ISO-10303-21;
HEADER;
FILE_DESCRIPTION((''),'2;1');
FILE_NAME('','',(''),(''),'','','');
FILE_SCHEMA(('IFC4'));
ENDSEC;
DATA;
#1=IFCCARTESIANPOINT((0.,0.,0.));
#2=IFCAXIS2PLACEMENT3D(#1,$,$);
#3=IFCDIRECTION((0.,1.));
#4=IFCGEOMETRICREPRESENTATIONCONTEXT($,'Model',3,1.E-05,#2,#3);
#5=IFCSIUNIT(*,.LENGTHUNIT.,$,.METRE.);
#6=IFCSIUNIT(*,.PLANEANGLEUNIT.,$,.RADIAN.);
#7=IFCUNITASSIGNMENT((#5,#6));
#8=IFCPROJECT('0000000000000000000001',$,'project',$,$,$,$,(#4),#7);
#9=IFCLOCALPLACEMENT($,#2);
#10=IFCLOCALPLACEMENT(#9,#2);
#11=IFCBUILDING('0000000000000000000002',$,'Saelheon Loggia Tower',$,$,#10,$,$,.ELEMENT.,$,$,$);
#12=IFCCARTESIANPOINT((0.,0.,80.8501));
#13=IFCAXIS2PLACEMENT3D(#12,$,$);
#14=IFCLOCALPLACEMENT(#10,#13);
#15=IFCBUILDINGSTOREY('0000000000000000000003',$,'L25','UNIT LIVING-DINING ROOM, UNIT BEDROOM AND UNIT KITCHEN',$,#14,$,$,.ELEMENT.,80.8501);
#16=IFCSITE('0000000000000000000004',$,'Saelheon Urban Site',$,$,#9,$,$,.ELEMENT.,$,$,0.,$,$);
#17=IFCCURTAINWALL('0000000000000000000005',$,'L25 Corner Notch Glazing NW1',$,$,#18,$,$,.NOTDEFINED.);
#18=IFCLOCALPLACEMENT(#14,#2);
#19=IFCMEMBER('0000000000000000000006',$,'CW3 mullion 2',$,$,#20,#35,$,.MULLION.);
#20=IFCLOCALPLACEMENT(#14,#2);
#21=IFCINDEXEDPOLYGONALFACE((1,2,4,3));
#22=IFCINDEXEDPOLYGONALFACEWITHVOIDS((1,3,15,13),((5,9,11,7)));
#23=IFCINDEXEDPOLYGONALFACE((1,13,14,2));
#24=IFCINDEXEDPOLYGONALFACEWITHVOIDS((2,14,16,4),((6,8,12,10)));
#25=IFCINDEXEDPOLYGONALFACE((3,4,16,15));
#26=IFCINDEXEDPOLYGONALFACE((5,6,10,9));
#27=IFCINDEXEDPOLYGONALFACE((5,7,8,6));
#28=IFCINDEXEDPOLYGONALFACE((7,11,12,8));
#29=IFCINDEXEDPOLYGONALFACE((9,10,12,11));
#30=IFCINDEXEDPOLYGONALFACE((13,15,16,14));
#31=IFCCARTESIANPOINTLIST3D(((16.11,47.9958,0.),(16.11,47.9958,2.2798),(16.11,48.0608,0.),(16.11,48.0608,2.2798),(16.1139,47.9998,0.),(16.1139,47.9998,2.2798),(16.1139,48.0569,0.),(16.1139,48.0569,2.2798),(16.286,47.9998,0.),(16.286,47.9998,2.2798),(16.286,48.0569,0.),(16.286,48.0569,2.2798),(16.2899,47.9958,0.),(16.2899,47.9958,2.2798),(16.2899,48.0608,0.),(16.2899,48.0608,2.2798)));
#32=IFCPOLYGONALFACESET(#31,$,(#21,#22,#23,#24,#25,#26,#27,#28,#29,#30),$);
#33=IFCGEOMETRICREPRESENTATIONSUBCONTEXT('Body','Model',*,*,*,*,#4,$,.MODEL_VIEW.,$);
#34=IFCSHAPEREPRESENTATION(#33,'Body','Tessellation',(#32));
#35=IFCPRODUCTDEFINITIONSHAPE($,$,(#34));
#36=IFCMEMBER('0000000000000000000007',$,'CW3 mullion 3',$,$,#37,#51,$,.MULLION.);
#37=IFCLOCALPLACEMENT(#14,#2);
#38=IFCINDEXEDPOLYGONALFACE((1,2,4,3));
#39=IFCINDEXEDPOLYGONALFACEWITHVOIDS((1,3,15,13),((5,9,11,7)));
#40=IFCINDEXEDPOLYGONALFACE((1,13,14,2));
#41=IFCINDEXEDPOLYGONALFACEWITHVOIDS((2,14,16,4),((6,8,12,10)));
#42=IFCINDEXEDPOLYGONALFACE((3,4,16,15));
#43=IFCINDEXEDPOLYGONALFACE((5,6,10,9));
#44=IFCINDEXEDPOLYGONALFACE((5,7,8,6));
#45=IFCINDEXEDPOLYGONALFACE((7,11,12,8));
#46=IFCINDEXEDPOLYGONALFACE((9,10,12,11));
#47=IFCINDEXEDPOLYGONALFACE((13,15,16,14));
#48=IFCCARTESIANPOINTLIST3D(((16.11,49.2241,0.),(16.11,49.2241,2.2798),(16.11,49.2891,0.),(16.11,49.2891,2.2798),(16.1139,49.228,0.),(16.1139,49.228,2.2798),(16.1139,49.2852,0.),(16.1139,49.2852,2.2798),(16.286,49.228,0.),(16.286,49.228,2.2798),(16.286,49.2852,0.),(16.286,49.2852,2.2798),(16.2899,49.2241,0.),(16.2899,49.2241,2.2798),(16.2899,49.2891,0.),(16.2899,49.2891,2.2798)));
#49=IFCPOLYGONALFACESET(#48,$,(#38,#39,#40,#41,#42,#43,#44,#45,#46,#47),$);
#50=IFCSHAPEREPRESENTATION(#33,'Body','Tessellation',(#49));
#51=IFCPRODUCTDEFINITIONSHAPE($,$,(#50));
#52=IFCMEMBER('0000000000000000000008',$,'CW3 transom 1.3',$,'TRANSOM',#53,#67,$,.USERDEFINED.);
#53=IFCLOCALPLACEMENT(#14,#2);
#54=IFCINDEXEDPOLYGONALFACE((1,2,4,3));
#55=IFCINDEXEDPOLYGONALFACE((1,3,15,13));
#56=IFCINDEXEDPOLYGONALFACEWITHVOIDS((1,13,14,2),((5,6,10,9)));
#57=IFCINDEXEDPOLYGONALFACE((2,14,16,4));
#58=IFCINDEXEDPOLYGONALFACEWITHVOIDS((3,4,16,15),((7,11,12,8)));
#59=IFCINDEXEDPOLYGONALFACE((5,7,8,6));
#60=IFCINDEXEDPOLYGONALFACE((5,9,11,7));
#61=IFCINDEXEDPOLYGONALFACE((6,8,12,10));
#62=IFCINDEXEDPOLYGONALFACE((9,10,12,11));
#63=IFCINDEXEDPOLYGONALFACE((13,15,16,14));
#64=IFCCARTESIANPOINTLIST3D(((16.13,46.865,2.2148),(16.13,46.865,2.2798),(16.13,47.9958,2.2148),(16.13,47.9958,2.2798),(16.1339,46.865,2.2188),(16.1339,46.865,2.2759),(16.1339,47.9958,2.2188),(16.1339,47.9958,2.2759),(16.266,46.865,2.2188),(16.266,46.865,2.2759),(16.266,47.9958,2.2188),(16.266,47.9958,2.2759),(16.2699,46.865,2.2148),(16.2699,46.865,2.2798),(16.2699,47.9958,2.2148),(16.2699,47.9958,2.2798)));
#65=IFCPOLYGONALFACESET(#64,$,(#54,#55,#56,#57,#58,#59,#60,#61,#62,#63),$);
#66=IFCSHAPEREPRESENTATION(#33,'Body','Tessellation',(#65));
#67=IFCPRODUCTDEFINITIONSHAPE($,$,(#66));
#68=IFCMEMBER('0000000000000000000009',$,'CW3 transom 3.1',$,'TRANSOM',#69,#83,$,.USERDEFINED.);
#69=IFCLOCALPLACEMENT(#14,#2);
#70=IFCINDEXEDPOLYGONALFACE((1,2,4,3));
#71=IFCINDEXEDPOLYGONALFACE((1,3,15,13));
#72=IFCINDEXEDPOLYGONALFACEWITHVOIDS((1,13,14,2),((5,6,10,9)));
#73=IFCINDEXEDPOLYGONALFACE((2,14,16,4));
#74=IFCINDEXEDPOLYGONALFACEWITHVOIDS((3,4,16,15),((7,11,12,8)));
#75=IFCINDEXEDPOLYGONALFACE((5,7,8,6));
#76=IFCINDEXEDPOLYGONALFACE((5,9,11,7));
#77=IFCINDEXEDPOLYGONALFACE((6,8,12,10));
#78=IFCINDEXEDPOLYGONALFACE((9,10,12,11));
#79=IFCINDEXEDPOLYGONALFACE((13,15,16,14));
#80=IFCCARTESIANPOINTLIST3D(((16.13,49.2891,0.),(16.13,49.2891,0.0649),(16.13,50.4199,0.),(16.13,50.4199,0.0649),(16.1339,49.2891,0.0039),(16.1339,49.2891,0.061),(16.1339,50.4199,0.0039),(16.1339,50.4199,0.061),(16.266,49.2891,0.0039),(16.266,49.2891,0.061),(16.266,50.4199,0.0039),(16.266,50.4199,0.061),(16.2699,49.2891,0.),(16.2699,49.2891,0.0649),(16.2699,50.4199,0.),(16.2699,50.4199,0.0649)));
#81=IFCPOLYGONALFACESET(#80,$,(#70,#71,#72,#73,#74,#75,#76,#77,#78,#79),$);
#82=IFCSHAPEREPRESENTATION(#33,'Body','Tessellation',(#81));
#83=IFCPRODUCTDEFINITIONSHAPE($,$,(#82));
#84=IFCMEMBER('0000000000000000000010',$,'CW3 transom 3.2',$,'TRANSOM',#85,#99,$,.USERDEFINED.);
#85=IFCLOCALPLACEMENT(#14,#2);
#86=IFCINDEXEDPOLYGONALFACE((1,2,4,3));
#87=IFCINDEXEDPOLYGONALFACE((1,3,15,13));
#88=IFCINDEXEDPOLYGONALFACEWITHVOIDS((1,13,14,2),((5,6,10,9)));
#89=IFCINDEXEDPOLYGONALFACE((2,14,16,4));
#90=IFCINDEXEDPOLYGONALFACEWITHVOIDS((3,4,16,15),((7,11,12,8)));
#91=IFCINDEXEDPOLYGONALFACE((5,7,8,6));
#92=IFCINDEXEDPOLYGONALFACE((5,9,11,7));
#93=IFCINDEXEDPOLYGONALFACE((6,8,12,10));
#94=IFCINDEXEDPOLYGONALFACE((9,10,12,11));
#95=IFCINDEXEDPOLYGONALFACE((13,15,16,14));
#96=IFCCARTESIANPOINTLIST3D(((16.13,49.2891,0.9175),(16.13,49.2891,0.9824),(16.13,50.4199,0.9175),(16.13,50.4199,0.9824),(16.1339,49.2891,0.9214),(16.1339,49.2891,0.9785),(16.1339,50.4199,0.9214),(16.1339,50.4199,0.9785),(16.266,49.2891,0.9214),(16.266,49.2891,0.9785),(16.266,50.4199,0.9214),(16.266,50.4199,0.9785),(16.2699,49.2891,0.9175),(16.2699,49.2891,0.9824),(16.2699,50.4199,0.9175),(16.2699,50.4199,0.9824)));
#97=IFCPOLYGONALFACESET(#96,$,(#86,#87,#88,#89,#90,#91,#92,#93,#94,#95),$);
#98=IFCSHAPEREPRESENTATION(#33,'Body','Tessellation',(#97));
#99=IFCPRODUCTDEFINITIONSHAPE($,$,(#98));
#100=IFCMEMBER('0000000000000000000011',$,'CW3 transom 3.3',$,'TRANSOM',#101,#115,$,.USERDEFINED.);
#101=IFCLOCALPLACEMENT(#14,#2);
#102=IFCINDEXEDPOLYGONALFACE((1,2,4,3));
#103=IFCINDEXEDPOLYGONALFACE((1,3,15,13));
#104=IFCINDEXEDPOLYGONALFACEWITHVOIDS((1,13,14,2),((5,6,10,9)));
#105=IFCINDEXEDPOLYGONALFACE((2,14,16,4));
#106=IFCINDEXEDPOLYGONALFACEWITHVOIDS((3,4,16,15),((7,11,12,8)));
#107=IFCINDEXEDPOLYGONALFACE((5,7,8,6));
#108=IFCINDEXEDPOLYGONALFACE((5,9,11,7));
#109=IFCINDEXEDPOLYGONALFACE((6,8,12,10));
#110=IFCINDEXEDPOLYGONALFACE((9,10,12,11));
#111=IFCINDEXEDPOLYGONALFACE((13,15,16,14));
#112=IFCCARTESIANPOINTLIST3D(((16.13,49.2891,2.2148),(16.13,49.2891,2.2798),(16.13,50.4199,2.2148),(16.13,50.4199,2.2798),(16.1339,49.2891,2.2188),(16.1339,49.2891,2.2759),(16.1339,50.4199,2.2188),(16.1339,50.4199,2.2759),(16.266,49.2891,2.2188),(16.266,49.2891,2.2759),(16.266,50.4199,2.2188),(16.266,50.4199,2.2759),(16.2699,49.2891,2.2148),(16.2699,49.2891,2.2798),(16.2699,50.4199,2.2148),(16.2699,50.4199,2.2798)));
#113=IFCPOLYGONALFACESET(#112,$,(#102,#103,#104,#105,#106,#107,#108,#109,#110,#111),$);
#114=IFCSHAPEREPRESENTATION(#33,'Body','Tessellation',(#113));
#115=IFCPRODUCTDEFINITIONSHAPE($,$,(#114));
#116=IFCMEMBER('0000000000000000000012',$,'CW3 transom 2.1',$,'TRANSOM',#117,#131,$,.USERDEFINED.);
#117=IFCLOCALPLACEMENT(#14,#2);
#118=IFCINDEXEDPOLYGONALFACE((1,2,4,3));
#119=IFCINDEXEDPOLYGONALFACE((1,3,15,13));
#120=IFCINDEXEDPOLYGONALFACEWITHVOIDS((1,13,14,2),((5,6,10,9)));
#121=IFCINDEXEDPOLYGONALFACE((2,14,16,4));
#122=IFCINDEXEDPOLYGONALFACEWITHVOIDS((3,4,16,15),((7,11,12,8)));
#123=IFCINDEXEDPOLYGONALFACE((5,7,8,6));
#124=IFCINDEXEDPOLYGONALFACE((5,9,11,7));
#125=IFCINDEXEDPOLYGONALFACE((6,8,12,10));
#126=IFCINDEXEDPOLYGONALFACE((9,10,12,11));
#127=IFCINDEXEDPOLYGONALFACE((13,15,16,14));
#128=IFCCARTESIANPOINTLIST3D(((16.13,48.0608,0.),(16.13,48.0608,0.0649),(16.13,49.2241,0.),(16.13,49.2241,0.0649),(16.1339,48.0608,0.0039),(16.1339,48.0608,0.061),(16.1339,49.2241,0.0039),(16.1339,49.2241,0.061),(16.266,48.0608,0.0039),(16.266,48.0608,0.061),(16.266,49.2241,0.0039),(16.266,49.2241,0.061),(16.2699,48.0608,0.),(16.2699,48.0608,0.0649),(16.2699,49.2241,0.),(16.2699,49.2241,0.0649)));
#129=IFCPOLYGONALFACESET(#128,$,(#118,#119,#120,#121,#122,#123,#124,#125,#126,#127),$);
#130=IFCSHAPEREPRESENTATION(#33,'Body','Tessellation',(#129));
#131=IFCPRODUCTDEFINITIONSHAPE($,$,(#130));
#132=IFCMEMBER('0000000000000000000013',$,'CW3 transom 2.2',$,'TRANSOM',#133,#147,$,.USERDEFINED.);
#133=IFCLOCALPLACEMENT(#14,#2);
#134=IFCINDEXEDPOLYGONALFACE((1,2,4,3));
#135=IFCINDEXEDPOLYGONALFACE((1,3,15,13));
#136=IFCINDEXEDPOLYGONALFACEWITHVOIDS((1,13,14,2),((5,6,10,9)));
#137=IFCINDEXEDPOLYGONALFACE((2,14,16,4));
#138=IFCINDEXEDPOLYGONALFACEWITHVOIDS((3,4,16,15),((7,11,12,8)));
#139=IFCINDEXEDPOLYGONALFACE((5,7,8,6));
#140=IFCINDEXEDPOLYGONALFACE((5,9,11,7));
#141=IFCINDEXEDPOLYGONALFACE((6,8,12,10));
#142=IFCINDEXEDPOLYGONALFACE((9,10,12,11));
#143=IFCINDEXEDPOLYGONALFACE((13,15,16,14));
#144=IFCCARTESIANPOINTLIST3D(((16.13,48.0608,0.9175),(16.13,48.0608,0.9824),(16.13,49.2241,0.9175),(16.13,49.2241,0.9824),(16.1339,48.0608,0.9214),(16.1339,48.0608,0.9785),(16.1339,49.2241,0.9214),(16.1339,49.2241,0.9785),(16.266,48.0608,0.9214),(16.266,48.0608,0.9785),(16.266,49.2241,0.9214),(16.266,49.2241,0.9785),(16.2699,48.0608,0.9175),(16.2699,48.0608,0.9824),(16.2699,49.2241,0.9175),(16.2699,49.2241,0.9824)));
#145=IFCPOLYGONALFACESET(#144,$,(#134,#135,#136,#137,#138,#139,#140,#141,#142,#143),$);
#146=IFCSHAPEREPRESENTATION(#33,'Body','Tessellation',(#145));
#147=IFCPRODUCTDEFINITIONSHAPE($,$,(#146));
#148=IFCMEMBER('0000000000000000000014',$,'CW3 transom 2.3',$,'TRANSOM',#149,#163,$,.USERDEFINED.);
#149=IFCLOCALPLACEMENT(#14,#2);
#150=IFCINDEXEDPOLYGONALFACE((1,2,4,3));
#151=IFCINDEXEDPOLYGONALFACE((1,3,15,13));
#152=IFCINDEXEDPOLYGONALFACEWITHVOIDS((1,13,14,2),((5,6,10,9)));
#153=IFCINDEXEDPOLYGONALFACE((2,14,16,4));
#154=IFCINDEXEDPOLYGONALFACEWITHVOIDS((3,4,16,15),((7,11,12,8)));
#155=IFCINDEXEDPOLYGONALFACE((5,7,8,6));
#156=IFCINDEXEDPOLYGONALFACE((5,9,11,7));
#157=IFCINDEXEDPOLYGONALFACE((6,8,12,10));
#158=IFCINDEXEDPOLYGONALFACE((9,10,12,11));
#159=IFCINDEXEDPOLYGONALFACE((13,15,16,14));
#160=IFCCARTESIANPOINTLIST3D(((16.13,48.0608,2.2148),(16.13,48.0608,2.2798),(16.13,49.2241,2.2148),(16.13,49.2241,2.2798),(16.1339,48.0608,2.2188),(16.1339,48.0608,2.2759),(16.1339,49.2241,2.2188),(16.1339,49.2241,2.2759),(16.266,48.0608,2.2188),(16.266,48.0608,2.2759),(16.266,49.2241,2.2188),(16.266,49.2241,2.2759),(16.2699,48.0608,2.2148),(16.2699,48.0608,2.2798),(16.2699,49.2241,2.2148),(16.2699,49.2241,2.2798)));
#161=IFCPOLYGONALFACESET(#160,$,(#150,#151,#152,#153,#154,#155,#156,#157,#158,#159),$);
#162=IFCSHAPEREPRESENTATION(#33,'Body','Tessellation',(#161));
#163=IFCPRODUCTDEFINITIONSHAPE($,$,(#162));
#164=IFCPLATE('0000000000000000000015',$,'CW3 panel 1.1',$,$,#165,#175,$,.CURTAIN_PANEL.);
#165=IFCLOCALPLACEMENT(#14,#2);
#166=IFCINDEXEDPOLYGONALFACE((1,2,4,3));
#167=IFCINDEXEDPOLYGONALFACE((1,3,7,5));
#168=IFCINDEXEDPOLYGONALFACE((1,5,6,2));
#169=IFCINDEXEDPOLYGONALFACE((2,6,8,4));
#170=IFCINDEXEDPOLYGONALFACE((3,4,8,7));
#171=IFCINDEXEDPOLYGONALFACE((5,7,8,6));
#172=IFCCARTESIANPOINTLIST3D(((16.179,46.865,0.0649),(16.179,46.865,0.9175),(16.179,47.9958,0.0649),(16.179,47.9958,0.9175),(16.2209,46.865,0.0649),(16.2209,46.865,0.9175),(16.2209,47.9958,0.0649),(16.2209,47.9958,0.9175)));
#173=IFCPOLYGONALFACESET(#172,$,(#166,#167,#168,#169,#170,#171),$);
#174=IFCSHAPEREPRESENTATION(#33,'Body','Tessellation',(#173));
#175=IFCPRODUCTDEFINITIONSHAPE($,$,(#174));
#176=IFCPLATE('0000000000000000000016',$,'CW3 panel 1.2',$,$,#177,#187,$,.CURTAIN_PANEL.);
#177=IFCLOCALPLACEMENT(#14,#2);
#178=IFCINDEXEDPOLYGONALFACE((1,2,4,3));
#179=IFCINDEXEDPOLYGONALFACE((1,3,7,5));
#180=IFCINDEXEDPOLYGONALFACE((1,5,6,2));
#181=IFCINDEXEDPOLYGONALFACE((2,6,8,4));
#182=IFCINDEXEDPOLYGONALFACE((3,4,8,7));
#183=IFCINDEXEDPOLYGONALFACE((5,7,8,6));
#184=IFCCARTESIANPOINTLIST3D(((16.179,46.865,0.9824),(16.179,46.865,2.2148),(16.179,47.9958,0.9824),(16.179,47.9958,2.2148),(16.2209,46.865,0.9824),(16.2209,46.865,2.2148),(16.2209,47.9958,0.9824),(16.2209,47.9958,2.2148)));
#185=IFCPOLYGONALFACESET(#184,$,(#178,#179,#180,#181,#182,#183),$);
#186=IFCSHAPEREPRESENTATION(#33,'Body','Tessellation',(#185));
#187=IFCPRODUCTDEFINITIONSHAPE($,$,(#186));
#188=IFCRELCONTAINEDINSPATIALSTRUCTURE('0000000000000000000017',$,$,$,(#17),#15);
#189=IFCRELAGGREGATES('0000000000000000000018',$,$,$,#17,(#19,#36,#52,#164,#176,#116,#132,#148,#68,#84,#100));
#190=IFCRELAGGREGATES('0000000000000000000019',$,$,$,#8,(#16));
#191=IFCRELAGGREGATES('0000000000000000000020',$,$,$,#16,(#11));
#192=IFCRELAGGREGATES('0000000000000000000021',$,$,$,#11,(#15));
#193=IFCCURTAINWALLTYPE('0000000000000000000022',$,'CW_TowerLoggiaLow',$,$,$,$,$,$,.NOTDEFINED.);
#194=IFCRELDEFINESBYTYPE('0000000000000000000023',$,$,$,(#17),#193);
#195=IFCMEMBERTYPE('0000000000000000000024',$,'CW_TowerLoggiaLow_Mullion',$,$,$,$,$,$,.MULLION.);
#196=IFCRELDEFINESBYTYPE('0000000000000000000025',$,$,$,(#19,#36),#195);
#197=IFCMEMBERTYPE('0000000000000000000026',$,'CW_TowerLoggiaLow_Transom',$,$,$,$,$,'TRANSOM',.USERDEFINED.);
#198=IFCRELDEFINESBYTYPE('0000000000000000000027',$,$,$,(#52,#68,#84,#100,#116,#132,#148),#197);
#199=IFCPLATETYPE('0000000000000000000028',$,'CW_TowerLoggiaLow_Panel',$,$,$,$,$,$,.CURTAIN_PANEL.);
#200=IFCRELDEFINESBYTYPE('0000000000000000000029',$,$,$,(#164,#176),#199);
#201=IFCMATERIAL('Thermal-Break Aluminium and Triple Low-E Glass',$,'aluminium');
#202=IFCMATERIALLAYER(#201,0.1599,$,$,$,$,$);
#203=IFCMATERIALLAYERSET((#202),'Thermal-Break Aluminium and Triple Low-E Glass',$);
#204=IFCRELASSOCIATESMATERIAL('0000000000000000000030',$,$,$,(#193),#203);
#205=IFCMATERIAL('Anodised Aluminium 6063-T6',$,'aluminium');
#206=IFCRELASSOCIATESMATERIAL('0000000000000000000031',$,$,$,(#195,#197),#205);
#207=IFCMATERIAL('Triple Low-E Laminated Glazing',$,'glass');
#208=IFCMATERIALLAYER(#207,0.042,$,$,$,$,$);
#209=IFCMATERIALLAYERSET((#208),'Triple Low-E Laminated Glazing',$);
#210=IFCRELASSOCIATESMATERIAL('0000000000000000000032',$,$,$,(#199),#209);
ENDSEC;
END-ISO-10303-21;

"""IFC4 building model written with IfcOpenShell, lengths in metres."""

from ifc_helpers import new_model, si_unit, direction, frame, origin, origin_2d, place, context, subcontext, project, spatial, rectangle, hollow_rectangle, extrude, source, transform, mapped, material, layer, layer_set, material_profile, profile_set, type_object, element, aggregate, save


model = new_model("IFC4")

# Units and contexts
model_context = context("Model", 3, precision=1e-05, world=origin(), true_north=direction((0.0, 1.0)))
body_context = subcontext(model_context, "Body", "Model", "MODEL_VIEW")
ifc_project = project(units=[si_unit("LENGTHUNIT", "METRE"), si_unit("PLANEANGLEUNIT", "RADIAN")], contexts=[model_context])

# Site, building, storey
site_placement = place(None, origin())
site = spatial("IfcSite", under=ifc_project, at=site_placement, Name="Saelheon Urban Site", CompositionType="ELEMENT", RefElevation=0.0)
building_placement = place(site_placement, origin())
building = spatial("IfcBuilding", under=site, at=building_placement, Name="Saelheon Loggia Tower", CompositionType="ELEMENT")
storey_placement = place(building_placement, frame((0.0, 0.0, 80.8501)))
storey = spatial("IfcBuildingStorey", under=building, at=storey_placement, Name="L25", Description="UNIT LIVING-DINING ROOM, UNIT BEDROOM AND UNIT KITCHEN", CompositionType="ELEMENT", Elevation=80.8501)

# Curtain wall, members, plates
ifc_material_1 = material(Name="Thermal-Break Aluminium and Triple Low-E Glass", Category="aluminium")
ifc_layer_1 = layer(ifc_material_1, 0.1599)
ifc_layer_set_1 = layer_set([ifc_layer_1], Name="Thermal-Break Aluminium and Triple Low-E Glass")
curtain_wall_type = type_object("IfcCurtainWallType", Name="CW_TowerLoggiaLow", PredefinedType="NOTDEFINED", material=ifc_layer_set_1)
curtain_wall_placement = place(storey_placement, origin())
curtain_wall = element("IfcCurtainWall", 1, at=curtain_wall_placement, inside=storey, type_object=curtain_wall_type, Name="L25 Corner Notch Glazing NW1", PredefinedType="NOTDEFINED")
ifc_material_2 = material(Name="Anodised Aluminium 6063-T6", Category="aluminium")
ifc_material_profile_1 = material_profile(ifc_material_2, hollow_rectangle(XDim=0.0649, YDim=0.1799, WallThickness=0.0039, at=origin_2d()), Name="RHS-180x65x4")
ifc_profile_set_1 = profile_set([ifc_material_profile_1], Name="Anodised Aluminium 6063-T6")
member_type_1 = type_object("IfcMemberType", Name="CW_TowerLoggiaLow_Mullion", PredefinedType="MULLION", material=ifc_profile_set_1)
shared_shape_1 = source(origin(), body_context, "Body", "SweptSolid", [
    extrude(hollow_rectangle(XDim=0.0649, YDim=0.1799, WallThickness=0.0039, at=origin_2d()), origin(), (0.0, 0.0, 1.0), 2.2798),
])
member_1_placement = place(storey_placement, frame((16.2, 48.0283, 0.0), z_axis=(0.0, 0.0, 1.0), x_axis=(0.0, 1.0, 0.0)))
member_1 = element("IfcMember", 2, at=member_1_placement, type_object=member_type_1, Name="CW3 mullion 2", PredefinedType="MULLION", context=body_context, shape_type="MappedRepresentation", body=[
    mapped(shared_shape_1, transform((0.0, 0.0, 0.0), scale=1.0)),
])
member_2_placement = place(storey_placement, frame((16.2, 49.2566, 0.0), z_axis=(0.0, 0.0, 1.0), x_axis=(0.0, 1.0, 0.0)))
member_2 = element("IfcMember", 3, at=member_2_placement, type_object=member_type_1, Name="CW3 mullion 3", PredefinedType="MULLION", context=body_context, shape_type="MappedRepresentation", body=[
    mapped(shared_shape_1, transform((0.0, 0.0, 0.0), scale=1.0)),
])
ifc_material_profile_2 = material_profile(ifc_material_2, hollow_rectangle(XDim=0.0649, YDim=0.1399, WallThickness=0.0039, at=origin_2d()), Name="RHS-140x65x4")
ifc_profile_set_2 = profile_set([ifc_material_profile_2], Name="Anodised Aluminium 6063-T6")
member_type_2 = type_object("IfcMemberType", Name="CW_TowerLoggiaLow_Transom", ElementType="TRANSOM", PredefinedType="USERDEFINED", material=ifc_profile_set_2)
shared_shape_2 = source(origin(), body_context, "Body", "SweptSolid", [
    extrude(hollow_rectangle(XDim=0.0649, YDim=0.1399, WallThickness=0.0039, at=origin_2d()), origin(), (0.0, 0.0, 1.0), 1.1309),
])
member_3_placement = place(storey_placement, frame((16.2, 46.865, 2.2473), z_axis=(0.0, 1.0, 0.0), x_axis=(0.0, 0.0, 1.0)))
member_3 = element("IfcMember", 4, at=member_3_placement, type_object=member_type_2, Name="CW3 transom 1.3", ObjectType="TRANSOM", PredefinedType="USERDEFINED", context=body_context, shape_type="MappedRepresentation", body=[
    mapped(shared_shape_2, transform((0.0, 0.0, 0.0), scale=1.0)),
])
member_4_placement = place(storey_placement, frame((16.2, 49.2891, 0.0325), z_axis=(0.0, 1.0, 0.0), x_axis=(0.0, 0.0, 1.0)))
member_4 = element("IfcMember", 5, at=member_4_placement, type_object=member_type_2, Name="CW3 transom 3.1", ObjectType="TRANSOM", PredefinedType="USERDEFINED", context=body_context, shape_type="MappedRepresentation", body=[
    mapped(shared_shape_2, transform((0.0, 0.0, 0.0), scale=1.0)),
])
member_5_placement = place(storey_placement, frame((16.2, 49.2891, 0.95), z_axis=(0.0, 1.0, 0.0), x_axis=(0.0, 0.0, 1.0)))
member_5 = element("IfcMember", 6, at=member_5_placement, type_object=member_type_2, Name="CW3 transom 3.2", ObjectType="TRANSOM", PredefinedType="USERDEFINED", context=body_context, shape_type="MappedRepresentation", body=[
    mapped(shared_shape_2, transform((0.0, 0.0, 0.0), scale=1.0)),
])
member_6_placement = place(storey_placement, frame((16.2, 49.2891, 2.2473), z_axis=(0.0, 1.0, 0.0), x_axis=(0.0, 0.0, 1.0)))
member_6 = element("IfcMember", 7, at=member_6_placement, type_object=member_type_2, Name="CW3 transom 3.3", ObjectType="TRANSOM", PredefinedType="USERDEFINED", context=body_context, shape_type="MappedRepresentation", body=[
    mapped(shared_shape_2, transform((0.0, 0.0, 0.0), scale=1.0)),
])
shared_shape_3 = source(origin(), body_context, "Body", "SweptSolid", [
    extrude(hollow_rectangle(XDim=0.0649, YDim=0.1399, WallThickness=0.0039, at=origin_2d()), origin(), (0.0, 0.0, 1.0), 1.1633),
])
member_7_placement = place(storey_placement, frame((16.2, 48.0608, 0.0325), z_axis=(0.0, 1.0, 0.0), x_axis=(0.0, 0.0, 1.0)))
member_7 = element("IfcMember", 8, at=member_7_placement, type_object=member_type_2, Name="CW3 transom 2.1", ObjectType="TRANSOM", PredefinedType="USERDEFINED", context=body_context, shape_type="MappedRepresentation", body=[
    mapped(shared_shape_3, transform((0.0, 0.0, 0.0), scale=1.0)),
])
member_8_placement = place(storey_placement, frame((16.2, 48.0608, 0.95), z_axis=(0.0, 1.0, 0.0), x_axis=(0.0, 0.0, 1.0)))
member_8 = element("IfcMember", 9, at=member_8_placement, type_object=member_type_2, Name="CW3 transom 2.2", ObjectType="TRANSOM", PredefinedType="USERDEFINED", context=body_context, shape_type="MappedRepresentation", body=[
    mapped(shared_shape_3, transform((0.0, 0.0, 0.0), scale=1.0)),
])
member_9_placement = place(storey_placement, frame((16.2, 48.0608, 2.2473), z_axis=(0.0, 1.0, 0.0), x_axis=(0.0, 0.0, 1.0)))
member_9 = element("IfcMember", 10, at=member_9_placement, type_object=member_type_2, Name="CW3 transom 2.3", ObjectType="TRANSOM", PredefinedType="USERDEFINED", context=body_context, shape_type="MappedRepresentation", body=[
    mapped(shared_shape_3, transform((0.0, 0.0, 0.0), scale=1.0)),
])
ifc_material_3 = material(Name="Triple Low-E Laminated Glazing", Category="glass")
ifc_layer_2 = layer(ifc_material_3, 0.042)
ifc_layer_set_2 = layer_set([ifc_layer_2], Name="Triple Low-E Laminated Glazing")
plate_type = type_object("IfcPlateType", Name="CW_TowerLoggiaLow_Panel", PredefinedType="CURTAIN_PANEL", material=ifc_layer_set_2)
shared_shape_4 = source(origin(), body_context, "Body", "SweptSolid", [
    extrude(rectangle(XDim=1.1309, YDim=0.042, at=origin_2d()), origin(), (0.0, 0.0, 1.0), 0.8525),
])
plate_1_placement = place(storey_placement, frame((16.2, 47.4304, 0.0649), z_axis=(0.0, 0.0, 1.0), x_axis=(0.0, 1.0, 0.0)))
plate_1 = element("IfcPlate", 11, at=plate_1_placement, type_object=plate_type, Name="CW3 panel 1.1", PredefinedType="CURTAIN_PANEL", context=body_context, shape_type="MappedRepresentation", body=[
    mapped(shared_shape_4, transform((0.0, 0.0, 0.0), scale=1.0)),
])
shared_shape_5 = source(origin(), body_context, "Body", "SweptSolid", [
    extrude(rectangle(XDim=1.1309, YDim=0.042, at=origin_2d()), origin(), (0.0, 0.0, 1.0), 1.2324),
])
plate_2_placement = place(storey_placement, frame((16.2, 47.4304, 0.9824), z_axis=(0.0, 0.0, 1.0), x_axis=(0.0, 1.0, 0.0)))
plate_2 = element("IfcPlate", 12, at=plate_2_placement, type_object=plate_type, Name="CW3 panel 1.2", PredefinedType="CURTAIN_PANEL", context=body_context, shape_type="MappedRepresentation", body=[
    mapped(shared_shape_5, transform((0.0, 0.0, 0.0), scale=1.0)),
])
aggregate(curtain_wall, [member_1, member_2, member_3, plate_1, plate_2, member_7, member_8, member_9, member_4, member_5, member_6])

save(model, "model.ifc")
